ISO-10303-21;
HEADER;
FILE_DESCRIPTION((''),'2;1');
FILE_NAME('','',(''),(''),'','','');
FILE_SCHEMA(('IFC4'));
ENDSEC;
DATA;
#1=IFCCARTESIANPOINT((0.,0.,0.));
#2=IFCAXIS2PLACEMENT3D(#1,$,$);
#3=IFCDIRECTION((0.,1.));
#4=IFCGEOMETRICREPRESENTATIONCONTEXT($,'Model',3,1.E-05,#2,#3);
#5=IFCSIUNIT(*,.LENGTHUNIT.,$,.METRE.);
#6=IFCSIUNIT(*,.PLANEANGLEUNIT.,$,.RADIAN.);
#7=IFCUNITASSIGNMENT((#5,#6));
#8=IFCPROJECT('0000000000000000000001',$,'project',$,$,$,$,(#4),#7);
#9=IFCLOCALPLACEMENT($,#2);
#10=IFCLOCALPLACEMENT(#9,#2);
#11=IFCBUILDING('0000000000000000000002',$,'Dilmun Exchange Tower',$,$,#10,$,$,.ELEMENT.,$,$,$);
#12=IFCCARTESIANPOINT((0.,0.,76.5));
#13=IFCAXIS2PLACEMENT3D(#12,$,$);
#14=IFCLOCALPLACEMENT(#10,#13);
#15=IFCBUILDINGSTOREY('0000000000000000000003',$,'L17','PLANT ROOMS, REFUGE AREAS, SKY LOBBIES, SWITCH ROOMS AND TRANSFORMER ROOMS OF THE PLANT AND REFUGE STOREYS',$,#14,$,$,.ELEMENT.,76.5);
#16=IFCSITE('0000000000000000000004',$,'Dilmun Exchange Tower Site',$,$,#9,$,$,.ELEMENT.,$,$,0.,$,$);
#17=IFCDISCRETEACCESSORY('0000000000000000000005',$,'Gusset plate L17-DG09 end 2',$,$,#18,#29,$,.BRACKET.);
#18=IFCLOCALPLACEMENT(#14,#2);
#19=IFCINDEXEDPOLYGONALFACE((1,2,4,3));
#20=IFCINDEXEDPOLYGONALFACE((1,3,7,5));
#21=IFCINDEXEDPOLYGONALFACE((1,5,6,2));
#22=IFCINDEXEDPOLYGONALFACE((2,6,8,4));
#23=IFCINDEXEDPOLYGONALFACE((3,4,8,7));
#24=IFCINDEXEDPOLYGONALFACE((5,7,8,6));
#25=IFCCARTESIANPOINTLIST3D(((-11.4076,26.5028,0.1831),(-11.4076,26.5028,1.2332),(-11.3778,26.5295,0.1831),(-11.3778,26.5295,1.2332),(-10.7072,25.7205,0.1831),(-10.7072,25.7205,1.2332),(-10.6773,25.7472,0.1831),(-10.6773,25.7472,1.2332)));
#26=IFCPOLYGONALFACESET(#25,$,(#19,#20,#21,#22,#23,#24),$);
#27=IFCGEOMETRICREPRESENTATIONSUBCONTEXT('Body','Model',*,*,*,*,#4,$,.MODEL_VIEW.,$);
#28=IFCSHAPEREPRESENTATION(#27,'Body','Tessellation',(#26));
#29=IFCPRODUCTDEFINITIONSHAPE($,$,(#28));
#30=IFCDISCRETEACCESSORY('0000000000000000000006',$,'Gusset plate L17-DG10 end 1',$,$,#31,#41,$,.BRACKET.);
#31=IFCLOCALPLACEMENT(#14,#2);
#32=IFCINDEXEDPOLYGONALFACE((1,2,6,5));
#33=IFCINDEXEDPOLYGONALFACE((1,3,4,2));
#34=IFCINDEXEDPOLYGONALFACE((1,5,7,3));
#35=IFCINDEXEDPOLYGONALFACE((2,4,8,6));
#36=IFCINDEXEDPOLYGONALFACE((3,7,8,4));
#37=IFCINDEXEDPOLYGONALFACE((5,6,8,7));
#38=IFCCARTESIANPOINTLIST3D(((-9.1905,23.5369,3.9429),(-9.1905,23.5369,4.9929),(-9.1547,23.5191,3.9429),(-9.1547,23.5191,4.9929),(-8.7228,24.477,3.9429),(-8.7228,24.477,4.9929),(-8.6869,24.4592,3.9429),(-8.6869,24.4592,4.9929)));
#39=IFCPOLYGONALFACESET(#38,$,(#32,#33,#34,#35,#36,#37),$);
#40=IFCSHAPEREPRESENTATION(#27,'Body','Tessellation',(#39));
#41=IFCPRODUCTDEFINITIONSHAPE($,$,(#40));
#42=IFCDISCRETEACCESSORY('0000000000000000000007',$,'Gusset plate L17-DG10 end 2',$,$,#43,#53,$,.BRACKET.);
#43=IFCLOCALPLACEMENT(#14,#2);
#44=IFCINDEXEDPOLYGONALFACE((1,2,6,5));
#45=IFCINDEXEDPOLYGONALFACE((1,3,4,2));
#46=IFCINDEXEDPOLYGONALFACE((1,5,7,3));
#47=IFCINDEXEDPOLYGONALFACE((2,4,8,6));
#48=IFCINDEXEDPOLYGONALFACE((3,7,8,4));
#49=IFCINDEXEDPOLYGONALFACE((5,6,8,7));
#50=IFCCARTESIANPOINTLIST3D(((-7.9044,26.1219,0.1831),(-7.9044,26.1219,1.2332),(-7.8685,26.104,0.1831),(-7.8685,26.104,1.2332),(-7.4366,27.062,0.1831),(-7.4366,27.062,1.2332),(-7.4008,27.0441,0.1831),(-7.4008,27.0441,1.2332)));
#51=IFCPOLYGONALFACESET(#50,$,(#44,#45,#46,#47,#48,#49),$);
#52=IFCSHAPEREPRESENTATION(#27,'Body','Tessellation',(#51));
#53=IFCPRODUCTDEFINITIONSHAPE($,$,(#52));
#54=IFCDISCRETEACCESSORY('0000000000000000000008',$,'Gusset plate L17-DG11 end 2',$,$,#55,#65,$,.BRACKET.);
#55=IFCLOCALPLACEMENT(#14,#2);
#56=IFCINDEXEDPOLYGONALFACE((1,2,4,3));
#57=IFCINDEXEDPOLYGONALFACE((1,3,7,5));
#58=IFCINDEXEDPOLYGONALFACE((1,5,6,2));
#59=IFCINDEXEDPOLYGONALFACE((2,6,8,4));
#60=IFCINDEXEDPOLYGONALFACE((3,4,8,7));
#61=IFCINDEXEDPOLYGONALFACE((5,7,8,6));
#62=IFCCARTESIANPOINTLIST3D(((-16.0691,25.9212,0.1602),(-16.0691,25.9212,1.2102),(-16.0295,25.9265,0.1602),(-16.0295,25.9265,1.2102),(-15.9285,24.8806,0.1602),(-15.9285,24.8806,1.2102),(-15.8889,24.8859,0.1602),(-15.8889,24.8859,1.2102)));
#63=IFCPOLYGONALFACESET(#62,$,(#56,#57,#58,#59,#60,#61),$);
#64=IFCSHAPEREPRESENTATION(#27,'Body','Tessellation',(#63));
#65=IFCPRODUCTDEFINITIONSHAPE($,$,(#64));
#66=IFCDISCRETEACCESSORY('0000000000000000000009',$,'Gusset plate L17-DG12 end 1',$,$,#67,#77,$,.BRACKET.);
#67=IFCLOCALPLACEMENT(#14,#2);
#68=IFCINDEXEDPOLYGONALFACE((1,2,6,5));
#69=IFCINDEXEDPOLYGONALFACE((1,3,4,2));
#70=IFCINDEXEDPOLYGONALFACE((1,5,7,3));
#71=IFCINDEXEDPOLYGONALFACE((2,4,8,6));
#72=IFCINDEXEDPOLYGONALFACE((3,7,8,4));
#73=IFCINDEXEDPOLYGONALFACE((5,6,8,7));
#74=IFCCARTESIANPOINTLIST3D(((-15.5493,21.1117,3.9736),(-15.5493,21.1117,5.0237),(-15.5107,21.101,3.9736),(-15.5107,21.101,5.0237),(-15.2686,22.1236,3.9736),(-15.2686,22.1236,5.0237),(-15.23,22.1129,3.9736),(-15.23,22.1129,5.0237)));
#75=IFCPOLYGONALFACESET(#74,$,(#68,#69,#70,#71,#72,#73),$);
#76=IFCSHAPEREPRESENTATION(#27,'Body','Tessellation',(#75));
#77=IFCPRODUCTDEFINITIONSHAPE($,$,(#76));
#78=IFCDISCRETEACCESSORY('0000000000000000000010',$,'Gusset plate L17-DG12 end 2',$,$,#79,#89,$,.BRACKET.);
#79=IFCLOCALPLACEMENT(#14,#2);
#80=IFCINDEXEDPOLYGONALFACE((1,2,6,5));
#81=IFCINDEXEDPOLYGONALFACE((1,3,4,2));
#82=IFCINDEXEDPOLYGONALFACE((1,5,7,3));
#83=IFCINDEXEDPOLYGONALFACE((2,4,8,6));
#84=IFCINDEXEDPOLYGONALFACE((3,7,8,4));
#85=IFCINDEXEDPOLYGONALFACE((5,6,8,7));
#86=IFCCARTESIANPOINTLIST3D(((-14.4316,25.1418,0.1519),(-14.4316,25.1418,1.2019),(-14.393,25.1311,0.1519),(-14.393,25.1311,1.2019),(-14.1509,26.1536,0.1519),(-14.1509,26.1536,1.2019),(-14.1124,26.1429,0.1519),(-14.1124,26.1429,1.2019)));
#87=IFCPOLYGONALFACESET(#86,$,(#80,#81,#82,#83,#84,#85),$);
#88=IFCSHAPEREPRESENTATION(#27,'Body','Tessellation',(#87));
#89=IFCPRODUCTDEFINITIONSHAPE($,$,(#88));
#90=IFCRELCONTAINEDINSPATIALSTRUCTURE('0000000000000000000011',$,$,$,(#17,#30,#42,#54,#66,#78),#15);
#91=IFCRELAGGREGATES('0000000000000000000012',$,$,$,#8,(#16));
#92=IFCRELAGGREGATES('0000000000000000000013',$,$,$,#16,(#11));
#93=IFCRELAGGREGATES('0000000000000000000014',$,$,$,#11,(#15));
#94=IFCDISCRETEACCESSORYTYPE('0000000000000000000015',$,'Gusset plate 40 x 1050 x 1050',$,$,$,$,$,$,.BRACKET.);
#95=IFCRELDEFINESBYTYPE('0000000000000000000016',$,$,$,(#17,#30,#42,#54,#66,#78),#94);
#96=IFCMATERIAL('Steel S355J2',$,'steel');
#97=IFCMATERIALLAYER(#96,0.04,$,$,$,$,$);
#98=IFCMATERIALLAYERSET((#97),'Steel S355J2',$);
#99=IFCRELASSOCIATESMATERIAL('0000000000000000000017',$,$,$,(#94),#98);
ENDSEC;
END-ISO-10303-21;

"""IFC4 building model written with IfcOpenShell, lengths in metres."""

from ifc_helpers import new_model, si_unit, direction, frame, origin, origin_2d, place, context, subcontext, project, spatial, rectangle, extrude, material, layer, layer_set, type_object, element, save


model = new_model("IFC4")

# Units and contexts
model_context = context("Model", 3, precision=1e-05, world=origin(), true_north=direction((0.0, 1.0)))
body_context = subcontext(model_context, "Body", "Model", "MODEL_VIEW")
ifc_project = project(units=[si_unit("LENGTHUNIT", "METRE"), si_unit("PLANEANGLEUNIT", "RADIAN")], contexts=[model_context])

# Site, building, storey
site_placement = place(None, origin())
site = spatial("IfcSite", under=ifc_project, at=site_placement, Name="Dilmun Exchange Tower Site", CompositionType="ELEMENT", RefElevation=0.0)
building_placement = place(site_placement, origin())
building = spatial("IfcBuilding", under=site, at=building_placement, Name="Dilmun Exchange Tower", CompositionType="ELEMENT")
storey_placement = place(building_placement, frame((0.0, 0.0, 76.5)))
storey = spatial("IfcBuildingStorey", under=building, at=storey_placement, Name="L17", Description="PLANT ROOMS, REFUGE AREAS, SKY LOBBIES, SWITCH ROOMS AND TRANSFORMER ROOMS OF THE PLANT AND REFUGE STOREYS", CompositionType="ELEMENT", Elevation=76.5)

# Discrete accessories
ifc_material_1 = material(Name="Steel S355J2", Category="steel")
ifc_layer_1 = layer(ifc_material_1, 0.04)
ifc_layer_set_1 = layer_set([ifc_layer_1], Name="Steel S355J2")
discrete_accessory_type = type_object("IfcDiscreteAccessoryType", Name="Gusset plate 40 x 1050 x 1050", PredefinedType="BRACKET", material=ifc_layer_set_1)
for number, where, z_axis, x_axis, name in (
    (1, (-11.0425, 26.125, 0.1831), (0.0, 0.0, 1.0), (-0.667067, 0.744998, 0.0), "Gusset plate L17-DG09 end 2"),
    (2, (-8.9387, 23.998, 3.9429), (0.0, 0.0, 1.0), (0.445467, 0.895299, 0.0), "Gusset plate L17-DG10 end 1"),
    (3, (-7.6526, 26.583, 0.1831), (0.0, 0.0, 1.0), (0.445467, 0.895299, 0.0), "Gusset plate L17-DG10 end 2"),
    (4, (-15.979, 25.4036, 0.1602), (0.0, 0.0, 1.0), (-0.133891, 0.990996, 0.0), "Gusset plate L17-DG11 end 2"),
    (5, (-15.3896, 21.6123, 3.9736), (0.0, 0.0, 1.0), (0.267274, 0.963621, 0.0), "Gusset plate L17-DG12 end 1"),
    (6, (-14.272, 25.6423, 0.1519), (0.0, 0.0, 1.0), (0.267274, 0.963621, 0.0), "Gusset plate L17-DG12 end 2"),
):
    element("IfcDiscreteAccessory", number, at=place(storey_placement, frame(where, z_axis=z_axis, x_axis=x_axis)), inside=storey, type_object=discrete_accessory_type, Name=name, PredefinedType="BRACKET", context=body_context, shape_type="SweptSolid", body=[
        extrude(rectangle(XDim=1.05, YDim=0.04, at=origin_2d()), origin(), (0.0, 0.0, 1.0), 1.05),
    ])

save(model, "model.ifc")
